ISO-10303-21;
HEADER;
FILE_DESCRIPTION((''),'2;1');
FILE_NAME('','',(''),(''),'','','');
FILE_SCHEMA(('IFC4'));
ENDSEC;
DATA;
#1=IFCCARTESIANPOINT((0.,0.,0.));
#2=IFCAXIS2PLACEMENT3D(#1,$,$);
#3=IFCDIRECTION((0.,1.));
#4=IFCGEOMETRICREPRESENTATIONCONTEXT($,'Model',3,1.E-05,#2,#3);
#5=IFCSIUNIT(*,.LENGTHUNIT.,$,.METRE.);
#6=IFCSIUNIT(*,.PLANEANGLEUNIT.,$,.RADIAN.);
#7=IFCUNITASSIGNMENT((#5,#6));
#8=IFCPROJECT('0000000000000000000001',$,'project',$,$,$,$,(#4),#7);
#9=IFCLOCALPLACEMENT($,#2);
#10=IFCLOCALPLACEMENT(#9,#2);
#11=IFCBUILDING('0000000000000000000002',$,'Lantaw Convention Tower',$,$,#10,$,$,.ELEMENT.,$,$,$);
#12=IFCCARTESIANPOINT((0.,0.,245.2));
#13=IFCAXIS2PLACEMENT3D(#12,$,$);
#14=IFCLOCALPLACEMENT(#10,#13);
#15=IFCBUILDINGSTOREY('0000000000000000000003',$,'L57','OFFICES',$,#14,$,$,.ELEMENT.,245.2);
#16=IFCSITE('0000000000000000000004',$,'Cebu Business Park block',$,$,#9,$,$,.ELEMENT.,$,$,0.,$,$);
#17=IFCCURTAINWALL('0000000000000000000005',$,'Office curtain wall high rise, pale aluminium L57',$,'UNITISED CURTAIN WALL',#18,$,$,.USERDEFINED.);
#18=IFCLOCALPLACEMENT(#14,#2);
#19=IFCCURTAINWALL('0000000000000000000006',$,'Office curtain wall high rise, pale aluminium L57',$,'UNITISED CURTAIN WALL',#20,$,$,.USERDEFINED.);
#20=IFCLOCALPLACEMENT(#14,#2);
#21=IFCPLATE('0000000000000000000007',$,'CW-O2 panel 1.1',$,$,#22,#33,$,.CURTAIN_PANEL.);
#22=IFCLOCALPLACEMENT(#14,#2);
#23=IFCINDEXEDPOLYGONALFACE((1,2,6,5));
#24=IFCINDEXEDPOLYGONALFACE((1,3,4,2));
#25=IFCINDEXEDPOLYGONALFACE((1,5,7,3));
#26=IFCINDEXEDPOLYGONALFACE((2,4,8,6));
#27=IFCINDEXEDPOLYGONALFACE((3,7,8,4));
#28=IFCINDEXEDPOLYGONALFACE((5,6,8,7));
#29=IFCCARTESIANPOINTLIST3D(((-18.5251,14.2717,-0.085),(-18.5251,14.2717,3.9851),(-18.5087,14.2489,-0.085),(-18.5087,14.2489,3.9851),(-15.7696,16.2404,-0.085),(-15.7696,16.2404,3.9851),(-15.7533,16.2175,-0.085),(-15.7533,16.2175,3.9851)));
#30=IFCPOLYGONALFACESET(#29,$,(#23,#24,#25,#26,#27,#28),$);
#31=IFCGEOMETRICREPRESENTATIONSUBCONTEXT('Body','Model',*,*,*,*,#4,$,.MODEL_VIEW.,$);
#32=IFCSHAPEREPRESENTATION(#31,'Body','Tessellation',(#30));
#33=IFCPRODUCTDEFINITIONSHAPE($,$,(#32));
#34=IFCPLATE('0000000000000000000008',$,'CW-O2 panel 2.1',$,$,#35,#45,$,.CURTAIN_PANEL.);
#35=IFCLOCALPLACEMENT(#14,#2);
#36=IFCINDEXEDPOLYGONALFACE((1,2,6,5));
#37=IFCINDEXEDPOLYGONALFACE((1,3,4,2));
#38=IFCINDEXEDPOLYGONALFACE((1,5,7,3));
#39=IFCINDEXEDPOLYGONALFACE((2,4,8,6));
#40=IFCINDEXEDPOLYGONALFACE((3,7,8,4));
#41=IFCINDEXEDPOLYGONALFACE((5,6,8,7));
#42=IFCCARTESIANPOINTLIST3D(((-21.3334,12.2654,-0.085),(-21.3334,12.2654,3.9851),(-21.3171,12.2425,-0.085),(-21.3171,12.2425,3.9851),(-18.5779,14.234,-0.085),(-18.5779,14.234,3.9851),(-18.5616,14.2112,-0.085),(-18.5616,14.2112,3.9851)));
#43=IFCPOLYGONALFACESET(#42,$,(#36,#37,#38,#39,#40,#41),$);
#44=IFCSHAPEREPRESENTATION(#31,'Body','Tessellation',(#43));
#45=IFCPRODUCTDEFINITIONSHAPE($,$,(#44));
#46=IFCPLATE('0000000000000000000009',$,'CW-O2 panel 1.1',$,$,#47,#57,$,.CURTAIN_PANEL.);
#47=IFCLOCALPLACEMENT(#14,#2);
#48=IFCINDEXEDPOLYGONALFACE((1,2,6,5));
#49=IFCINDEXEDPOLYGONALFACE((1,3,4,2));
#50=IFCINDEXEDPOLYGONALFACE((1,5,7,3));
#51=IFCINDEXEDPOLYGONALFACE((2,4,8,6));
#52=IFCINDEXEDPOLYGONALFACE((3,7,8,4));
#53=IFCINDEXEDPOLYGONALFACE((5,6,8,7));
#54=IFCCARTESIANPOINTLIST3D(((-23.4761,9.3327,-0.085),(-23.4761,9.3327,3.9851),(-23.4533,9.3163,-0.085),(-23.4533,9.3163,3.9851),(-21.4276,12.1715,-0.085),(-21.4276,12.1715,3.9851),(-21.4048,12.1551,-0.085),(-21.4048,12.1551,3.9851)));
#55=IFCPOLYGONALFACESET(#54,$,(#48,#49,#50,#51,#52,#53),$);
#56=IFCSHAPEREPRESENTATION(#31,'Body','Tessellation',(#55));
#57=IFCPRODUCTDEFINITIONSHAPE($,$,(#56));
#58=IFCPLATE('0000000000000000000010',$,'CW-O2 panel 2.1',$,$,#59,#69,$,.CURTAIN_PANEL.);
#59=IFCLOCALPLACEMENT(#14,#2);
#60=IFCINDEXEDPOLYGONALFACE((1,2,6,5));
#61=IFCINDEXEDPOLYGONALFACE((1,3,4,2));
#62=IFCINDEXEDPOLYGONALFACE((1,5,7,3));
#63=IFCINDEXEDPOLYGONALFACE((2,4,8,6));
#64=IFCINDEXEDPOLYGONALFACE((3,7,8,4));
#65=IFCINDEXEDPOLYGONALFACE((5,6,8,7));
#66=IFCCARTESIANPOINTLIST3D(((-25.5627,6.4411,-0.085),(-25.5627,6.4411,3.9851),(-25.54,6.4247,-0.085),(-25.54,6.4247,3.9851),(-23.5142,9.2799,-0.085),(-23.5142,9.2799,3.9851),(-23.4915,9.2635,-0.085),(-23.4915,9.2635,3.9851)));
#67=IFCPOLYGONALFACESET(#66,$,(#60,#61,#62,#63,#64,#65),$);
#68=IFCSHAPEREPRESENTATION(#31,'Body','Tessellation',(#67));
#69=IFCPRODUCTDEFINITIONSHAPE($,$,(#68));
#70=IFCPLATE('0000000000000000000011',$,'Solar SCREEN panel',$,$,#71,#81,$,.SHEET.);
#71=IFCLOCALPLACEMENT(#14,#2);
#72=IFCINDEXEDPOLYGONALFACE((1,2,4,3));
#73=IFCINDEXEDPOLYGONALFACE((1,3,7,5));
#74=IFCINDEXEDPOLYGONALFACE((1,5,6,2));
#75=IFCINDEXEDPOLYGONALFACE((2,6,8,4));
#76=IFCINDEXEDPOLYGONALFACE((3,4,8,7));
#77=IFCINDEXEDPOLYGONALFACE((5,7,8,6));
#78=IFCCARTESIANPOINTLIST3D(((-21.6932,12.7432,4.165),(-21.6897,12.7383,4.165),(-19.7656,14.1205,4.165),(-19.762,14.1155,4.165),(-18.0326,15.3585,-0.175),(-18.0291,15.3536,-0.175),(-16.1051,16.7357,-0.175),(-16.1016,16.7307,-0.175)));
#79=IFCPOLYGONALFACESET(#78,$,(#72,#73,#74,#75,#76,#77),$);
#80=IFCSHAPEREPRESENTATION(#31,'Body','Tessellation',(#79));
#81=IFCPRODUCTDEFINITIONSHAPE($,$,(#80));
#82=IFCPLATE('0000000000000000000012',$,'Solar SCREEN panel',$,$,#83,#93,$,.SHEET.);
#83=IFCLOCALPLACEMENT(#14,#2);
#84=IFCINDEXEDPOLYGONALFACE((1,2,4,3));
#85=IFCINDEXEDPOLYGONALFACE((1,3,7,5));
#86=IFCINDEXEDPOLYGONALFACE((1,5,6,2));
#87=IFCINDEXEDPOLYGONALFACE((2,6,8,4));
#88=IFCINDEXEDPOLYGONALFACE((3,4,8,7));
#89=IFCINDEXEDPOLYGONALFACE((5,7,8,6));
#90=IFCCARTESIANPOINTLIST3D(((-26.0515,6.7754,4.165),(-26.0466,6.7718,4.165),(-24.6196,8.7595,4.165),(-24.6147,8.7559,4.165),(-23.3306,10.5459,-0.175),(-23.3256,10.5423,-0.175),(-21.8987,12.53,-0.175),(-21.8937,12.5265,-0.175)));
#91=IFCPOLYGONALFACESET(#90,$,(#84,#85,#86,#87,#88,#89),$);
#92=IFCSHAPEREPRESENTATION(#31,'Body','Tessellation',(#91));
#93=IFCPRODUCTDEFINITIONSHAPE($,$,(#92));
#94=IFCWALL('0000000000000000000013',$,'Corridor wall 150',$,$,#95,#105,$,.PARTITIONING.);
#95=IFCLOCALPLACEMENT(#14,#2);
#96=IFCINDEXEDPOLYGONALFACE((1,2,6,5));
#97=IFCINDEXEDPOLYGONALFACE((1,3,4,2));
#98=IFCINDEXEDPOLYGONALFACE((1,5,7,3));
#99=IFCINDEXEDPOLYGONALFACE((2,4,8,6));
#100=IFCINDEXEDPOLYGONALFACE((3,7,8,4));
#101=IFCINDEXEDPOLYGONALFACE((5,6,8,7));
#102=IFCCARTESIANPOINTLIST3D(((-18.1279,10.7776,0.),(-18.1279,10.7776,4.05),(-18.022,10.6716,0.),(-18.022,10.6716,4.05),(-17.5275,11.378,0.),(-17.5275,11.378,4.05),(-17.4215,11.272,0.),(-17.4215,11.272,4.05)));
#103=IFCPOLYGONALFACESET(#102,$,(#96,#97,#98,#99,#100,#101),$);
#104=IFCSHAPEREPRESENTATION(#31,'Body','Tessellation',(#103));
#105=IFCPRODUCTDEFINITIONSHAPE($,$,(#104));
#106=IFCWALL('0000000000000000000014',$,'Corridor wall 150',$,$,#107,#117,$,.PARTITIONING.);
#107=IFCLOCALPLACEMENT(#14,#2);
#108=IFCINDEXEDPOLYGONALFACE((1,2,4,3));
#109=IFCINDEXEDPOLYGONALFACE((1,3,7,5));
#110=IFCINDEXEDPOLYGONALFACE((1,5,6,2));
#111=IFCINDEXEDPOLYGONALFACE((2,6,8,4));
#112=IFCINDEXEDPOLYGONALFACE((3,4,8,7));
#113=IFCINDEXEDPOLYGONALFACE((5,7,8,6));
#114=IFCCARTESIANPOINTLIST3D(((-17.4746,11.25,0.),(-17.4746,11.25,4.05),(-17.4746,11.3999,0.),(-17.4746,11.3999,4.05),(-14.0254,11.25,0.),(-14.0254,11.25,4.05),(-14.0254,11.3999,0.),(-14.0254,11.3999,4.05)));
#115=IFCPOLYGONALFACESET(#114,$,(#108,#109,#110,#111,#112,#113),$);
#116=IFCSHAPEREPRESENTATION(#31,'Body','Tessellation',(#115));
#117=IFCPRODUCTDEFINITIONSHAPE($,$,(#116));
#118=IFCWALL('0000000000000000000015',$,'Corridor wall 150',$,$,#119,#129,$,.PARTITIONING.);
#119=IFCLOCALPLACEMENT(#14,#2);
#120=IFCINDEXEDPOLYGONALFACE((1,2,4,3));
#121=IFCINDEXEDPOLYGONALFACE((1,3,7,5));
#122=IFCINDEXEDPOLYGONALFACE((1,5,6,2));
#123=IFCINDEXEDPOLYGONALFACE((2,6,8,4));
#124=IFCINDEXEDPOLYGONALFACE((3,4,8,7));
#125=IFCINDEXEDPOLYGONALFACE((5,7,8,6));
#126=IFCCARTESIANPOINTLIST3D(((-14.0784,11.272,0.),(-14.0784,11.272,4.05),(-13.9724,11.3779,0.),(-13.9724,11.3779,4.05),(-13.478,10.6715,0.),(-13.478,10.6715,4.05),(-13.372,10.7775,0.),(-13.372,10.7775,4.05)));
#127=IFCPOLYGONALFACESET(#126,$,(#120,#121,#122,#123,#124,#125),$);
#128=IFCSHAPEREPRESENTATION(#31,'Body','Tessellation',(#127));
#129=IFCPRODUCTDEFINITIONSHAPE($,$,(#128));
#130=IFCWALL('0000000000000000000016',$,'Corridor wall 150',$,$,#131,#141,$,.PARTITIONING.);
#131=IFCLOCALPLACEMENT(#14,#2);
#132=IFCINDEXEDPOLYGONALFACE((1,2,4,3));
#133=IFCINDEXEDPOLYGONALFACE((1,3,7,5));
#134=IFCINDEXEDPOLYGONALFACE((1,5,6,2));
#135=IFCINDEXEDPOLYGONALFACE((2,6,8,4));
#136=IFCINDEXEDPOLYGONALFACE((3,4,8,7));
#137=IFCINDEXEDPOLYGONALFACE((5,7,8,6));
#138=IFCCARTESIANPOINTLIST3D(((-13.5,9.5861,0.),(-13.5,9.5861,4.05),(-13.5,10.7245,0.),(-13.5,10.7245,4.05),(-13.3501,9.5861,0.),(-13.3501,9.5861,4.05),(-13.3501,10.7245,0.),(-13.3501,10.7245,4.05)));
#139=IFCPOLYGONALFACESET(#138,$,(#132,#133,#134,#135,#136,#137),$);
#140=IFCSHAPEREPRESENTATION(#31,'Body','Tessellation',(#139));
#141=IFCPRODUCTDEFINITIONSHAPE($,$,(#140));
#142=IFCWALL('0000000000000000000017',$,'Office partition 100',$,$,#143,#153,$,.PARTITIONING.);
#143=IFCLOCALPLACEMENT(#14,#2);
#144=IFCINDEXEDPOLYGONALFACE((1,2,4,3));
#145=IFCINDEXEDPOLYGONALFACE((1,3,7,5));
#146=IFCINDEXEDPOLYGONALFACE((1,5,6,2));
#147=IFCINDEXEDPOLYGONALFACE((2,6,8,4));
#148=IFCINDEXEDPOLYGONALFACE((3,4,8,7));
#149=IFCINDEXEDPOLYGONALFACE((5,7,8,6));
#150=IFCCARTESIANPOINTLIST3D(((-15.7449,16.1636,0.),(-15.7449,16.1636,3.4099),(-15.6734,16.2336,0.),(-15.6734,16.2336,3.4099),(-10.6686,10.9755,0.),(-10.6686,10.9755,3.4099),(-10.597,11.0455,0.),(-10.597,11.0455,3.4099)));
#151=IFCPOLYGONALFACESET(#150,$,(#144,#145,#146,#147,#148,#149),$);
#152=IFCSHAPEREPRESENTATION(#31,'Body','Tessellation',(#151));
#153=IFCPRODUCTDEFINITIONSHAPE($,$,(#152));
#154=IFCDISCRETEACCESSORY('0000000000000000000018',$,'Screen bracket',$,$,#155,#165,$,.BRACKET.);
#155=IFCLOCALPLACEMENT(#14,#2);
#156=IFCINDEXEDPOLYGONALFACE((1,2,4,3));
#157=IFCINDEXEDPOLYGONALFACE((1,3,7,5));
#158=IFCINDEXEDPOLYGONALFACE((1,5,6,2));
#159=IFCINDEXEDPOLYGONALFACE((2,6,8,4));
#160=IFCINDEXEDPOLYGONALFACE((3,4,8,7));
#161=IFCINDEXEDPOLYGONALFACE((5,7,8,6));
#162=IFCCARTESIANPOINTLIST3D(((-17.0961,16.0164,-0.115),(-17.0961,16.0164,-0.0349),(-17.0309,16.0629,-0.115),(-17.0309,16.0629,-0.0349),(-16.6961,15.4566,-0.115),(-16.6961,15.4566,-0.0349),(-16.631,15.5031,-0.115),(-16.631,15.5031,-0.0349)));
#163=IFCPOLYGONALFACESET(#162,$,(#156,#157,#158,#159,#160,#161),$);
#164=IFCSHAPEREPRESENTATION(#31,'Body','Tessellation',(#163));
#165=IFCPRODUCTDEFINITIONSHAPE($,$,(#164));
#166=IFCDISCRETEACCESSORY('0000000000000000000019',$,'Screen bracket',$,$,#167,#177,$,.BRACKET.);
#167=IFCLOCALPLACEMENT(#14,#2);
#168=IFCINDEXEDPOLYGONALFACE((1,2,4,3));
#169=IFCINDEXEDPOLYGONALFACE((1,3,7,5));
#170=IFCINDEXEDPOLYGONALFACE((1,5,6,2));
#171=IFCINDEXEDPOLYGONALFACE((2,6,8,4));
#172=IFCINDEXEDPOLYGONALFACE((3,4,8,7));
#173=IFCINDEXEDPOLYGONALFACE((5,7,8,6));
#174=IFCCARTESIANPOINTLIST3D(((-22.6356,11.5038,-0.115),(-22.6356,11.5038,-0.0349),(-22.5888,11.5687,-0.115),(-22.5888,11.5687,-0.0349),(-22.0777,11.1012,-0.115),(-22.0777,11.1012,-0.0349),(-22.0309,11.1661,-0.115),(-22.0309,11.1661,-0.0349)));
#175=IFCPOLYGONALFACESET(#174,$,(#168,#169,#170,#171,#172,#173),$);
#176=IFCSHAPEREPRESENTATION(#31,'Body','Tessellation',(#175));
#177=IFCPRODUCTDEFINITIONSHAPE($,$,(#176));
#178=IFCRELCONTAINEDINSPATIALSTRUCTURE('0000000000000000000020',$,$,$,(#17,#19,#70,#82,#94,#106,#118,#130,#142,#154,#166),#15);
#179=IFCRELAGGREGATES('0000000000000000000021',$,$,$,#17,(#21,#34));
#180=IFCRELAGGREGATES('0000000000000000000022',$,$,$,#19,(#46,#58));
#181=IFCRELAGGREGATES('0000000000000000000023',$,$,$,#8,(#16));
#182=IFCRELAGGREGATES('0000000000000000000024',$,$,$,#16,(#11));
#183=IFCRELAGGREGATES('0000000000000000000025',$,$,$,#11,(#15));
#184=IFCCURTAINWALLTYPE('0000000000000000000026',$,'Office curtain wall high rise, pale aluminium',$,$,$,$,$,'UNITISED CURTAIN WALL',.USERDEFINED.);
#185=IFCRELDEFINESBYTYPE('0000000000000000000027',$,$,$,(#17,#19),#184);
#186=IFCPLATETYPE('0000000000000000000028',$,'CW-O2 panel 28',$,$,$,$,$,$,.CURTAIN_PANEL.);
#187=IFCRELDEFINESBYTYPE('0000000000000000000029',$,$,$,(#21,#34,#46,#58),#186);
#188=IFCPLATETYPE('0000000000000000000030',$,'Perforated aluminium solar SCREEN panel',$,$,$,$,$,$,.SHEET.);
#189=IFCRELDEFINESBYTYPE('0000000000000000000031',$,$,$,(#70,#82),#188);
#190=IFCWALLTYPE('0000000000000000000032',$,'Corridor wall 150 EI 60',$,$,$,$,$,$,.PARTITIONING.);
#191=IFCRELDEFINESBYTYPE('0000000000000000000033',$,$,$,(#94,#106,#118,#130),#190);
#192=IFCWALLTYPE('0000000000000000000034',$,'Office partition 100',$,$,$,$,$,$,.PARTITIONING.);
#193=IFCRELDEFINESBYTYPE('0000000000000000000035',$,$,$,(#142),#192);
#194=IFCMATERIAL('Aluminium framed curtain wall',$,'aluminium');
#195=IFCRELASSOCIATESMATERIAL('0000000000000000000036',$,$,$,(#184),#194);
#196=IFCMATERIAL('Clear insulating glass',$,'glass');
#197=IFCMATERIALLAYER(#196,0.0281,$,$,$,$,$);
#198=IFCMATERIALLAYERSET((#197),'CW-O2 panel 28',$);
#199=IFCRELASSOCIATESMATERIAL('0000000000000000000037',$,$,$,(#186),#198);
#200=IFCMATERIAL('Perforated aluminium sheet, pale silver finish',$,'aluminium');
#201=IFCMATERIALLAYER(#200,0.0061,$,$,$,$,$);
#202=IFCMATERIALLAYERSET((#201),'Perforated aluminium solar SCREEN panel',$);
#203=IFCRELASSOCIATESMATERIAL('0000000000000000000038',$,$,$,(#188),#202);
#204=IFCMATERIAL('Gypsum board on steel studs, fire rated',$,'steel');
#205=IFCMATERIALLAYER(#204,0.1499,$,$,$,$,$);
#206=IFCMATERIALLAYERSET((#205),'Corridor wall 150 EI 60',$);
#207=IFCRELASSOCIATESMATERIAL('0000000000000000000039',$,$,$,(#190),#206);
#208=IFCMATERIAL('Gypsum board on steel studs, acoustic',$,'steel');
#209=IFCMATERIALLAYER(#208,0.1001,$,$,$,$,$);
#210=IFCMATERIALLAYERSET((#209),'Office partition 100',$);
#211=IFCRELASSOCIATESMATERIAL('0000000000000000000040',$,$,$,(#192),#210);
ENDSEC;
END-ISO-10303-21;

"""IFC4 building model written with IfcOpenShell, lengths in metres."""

from ifc_helpers import new_model, si_unit, direction, frame, frame_2d, origin, origin_2d, place, context, subcontext, project, spatial, polyline, rectangle, outline, extrude, material, layer, layer_set, type_object, element, aggregate, save


model = new_model("IFC4")

# Units and contexts
model_context = context("Model", 3, precision=1e-05, world=origin(), true_north=direction((0.0, 1.0)))
body_context = subcontext(model_context, "Body", "Model", "MODEL_VIEW")
ifc_project = project(units=[si_unit("LENGTHUNIT", "METRE"), si_unit("PLANEANGLEUNIT", "RADIAN")], contexts=[model_context])

# Site, building, storey
site_placement = place(None, origin())
site = spatial("IfcSite", under=ifc_project, at=site_placement, Name="Cebu Business Park block", CompositionType="ELEMENT", RefElevation=0.0)
building_placement = place(site_placement, origin())
building = spatial("IfcBuilding", under=site, at=building_placement, Name="Lantaw Convention Tower", CompositionType="ELEMENT")
storey_placement = place(building_placement, frame((0.0, 0.0, 245.2)))
storey = spatial("IfcBuildingStorey", under=building, at=storey_placement, Name="L57", Description="OFFICES", CompositionType="ELEMENT", Elevation=245.2)

# Shared definitions
ifc_material_1 = material(Name="Aluminium framed curtain wall", Category="aluminium")
curtain_wall_type = type_object("IfcCurtainWallType", Name="Office curtain wall high rise, pale aluminium", ElementType="UNITISED CURTAIN WALL", PredefinedType="USERDEFINED", material=ifc_material_1)

# Curtain walls
curtain_wall_1_placement = place(storey_placement, origin())
curtain_wall_1 = element("IfcCurtainWall", 1, at=curtain_wall_1_placement, inside=storey, type_object=curtain_wall_type, Name="Office curtain wall high rise, pale aluminium L57", ObjectType="UNITISED CURTAIN WALL", PredefinedType="USERDEFINED")
curtain_wall_2_placement = place(storey_placement, origin())
curtain_wall_2 = element("IfcCurtainWall", 2, at=curtain_wall_2_placement, inside=storey, type_object=curtain_wall_type, Name="Office curtain wall high rise, pale aluminium L57", ObjectType="UNITISED CURTAIN WALL", PredefinedType="USERDEFINED")

# Plates
ifc_material_2 = material(Name="Clear insulating glass", Category="glass")
ifc_layer_1 = layer(ifc_material_2, 0.0281)
ifc_layer_set_1 = layer_set([ifc_layer_1], Name="CW-O2 panel 28")
plate_type_1 = type_object("IfcPlateType", Name="CW-O2 panel 28", PredefinedType="CURTAIN_PANEL", material=ifc_layer_set_1)
plate_1_placement = place(storey_placement, frame((-17.1392, 15.2446, -0.085), z_axis=(0.0, 0.0, 1.0), x_axis=(-0.813673, -0.581323, 0.0)))
plate_1 = element("IfcPlate", 3, at=plate_1_placement, type_object=plate_type_1, Name="CW-O2 panel 1.1", PredefinedType="CURTAIN_PANEL", context=body_context, shape_type="SweptSolid", body=[
    extrude(rectangle(XDim=3.3865, YDim=0.0281, at=origin_2d()), origin(), (0.0, 0.0, 1.0), 4.0701),
])
plate_2_placement = place(storey_placement, frame((-19.9475, 13.2383, -0.085), z_axis=(0.0, 0.0, 1.0), x_axis=(-0.813673, -0.581323, 0.0)))
plate_2 = element("IfcPlate", 4, at=plate_2_placement, type_object=plate_type_1, Name="CW-O2 panel 2.1", PredefinedType="CURTAIN_PANEL", context=body_context, shape_type="SweptSolid", body=[
    extrude(rectangle(XDim=3.3865, YDim=0.0281, at=origin_2d()), origin(), (0.0, 0.0, 1.0), 4.0701),
])
aggregate(curtain_wall_1, [plate_1, plate_2])
plate_3_placement = place(storey_placement, frame((-22.4404, 10.7439, -0.085), z_axis=(0.0, 0.0, 1.0), x_axis=(-0.585158, -0.81092, 0.0)))
plate_3 = element("IfcPlate", 5, at=plate_3_placement, type_object=plate_type_1, Name="CW-O2 panel 1.1", PredefinedType="CURTAIN_PANEL", context=body_context, shape_type="SweptSolid", body=[
    extrude(rectangle(XDim=3.5007, YDim=0.0281, at=origin_2d()), origin(), (0.0, 0.0, 1.0), 4.0701),
])
plate_4_placement = place(storey_placement, frame((-24.5271, 7.8523, -0.085), z_axis=(0.0, 0.0, 1.0), x_axis=(-0.585158, -0.81092, 0.0)))
plate_4 = element("IfcPlate", 6, at=plate_4_placement, type_object=plate_type_1, Name="CW-O2 panel 2.1", PredefinedType="CURTAIN_PANEL", context=body_context, shape_type="SweptSolid", body=[
    extrude(rectangle(XDim=3.5007, YDim=0.0281, at=origin_2d()), origin(), (0.0, 0.0, 1.0), 4.0701),
])
aggregate(curtain_wall_2, [plate_3, plate_4])

# Plates
ifc_material_3 = material(Name="Perforated aluminium sheet, pale silver finish", Category="aluminium")
ifc_layer_2 = layer(ifc_material_3, 0.0061)
ifc_layer_set_2 = layer_set([ifc_layer_2], Name="Perforated aluminium solar SCREEN panel")
plate_type_2 = type_object("IfcPlateType", Name="Perforated aluminium solar SCREEN panel", PredefinedType="SHEET", material=ifc_layer_set_2)
plate_5_placement = place(storey_placement, frame((-16.1016, 16.7307, -0.175), z_axis=(0.581331, -0.813667, 0.00001), x_axis=(-0.813667, -0.581331, 0.0)))
element("IfcPlate", 7, at=plate_5_placement, inside=storey, type_object=plate_type_2, Name="Solar SCREEN panel", PredefinedType="SHEET", context=body_context, shape_type="SweptSolid", body=[
    extrude(outline(polyline([(0.0, 0.0), (2.3689, 0.0), (6.8678, -4.3401), (4.4987, -4.3401), (0.0, 0.0)])), origin(), (0.0, 0.0, -1.0), 0.0061),
])
plate_6_placement = place(storey_placement, frame((-21.8987, 12.53, -0.175), z_axis=(-0.810892, 0.585195, 0.00002), x_axis=(-0.585195, -0.810892, 0.0)))
element("IfcPlate", 8, at=plate_6_placement, inside=storey, type_object=plate_type_2, Name="Solar SCREEN panel", PredefinedType="SHEET", context=body_context, shape_type="SweptSolid", body=[
    extrude(outline(polyline([(0.0, 0.0), (2.4468, 0.0), (7.0966, 4.3401), (4.6498, 4.3401), (0.0, 0.0)])), origin(), (0.0, 0.0, -1.0), 0.0061),
])

# Walls
ifc_material_4 = material(Name="Gypsum board on steel studs, fire rated", Category="steel")
ifc_layer_3 = layer(ifc_material_4, 0.1499)
ifc_layer_set_3 = layer_set([ifc_layer_3], Name="Corridor wall 150 EI 60")
wall_type_1 = type_object("IfcWallType", Name="Corridor wall 150 EI 60", PredefinedType="PARTITIONING", material=ifc_layer_set_3)
wall_1_placement = place(storey_placement, frame((-18.075, 10.7246, 0.0), z_axis=(0.0, 0.0, 1.0), x_axis=(0.707107, 0.707107, 0.0)))
element("IfcWall", 9, at=wall_1_placement, inside=storey, type_object=wall_type_1, Name="Corridor wall 150", PredefinedType="PARTITIONING", context=body_context, shape_type="SweptSolid", body=[
    extrude(rectangle(XDim=0.8491, YDim=0.1499, at=frame_2d((0.4246, 0.0))), origin(), (0.0, 0.0, 1.0), 4.05),
])
wall_2_placement = place(storey_placement, frame((-17.4746, 11.325, 0.0), z_axis=(0.0, 0.0, 1.0), x_axis=(1.0, 0.0, 0.0)))
element("IfcWall", 10, at=wall_2_placement, inside=storey, type_object=wall_type_1, Name="Corridor wall 150", PredefinedType="PARTITIONING", context=body_context, shape_type="SweptSolid", body=[
    extrude(rectangle(XDim=3.4492, YDim=0.1499, at=frame_2d((1.7246, 0.0))), origin(), (0.0, 0.0, 1.0), 4.05),
])
wall_3_placement = place(storey_placement, frame((-14.0254, 11.325, 0.0), z_axis=(0.0, 0.0, 1.0), x_axis=(0.707107, -0.707107, 0.0)))
element("IfcWall", 11, at=wall_3_placement, inside=storey, type_object=wall_type_1, Name="Corridor wall 150", PredefinedType="PARTITIONING", context=body_context, shape_type="SweptSolid", body=[
    extrude(rectangle(XDim=0.8491, YDim=0.1499, at=frame_2d((0.4246, 0.0))), origin(), (0.0, 0.0, 1.0), 4.05),
])
wall_4_placement = place(storey_placement, frame((-13.425, 10.7246, 0.0), z_axis=(0.0, 0.0, 1.0), x_axis=(0.0, -1.0, 0.0)))
element("IfcWall", 12, at=wall_4_placement, inside=storey, type_object=wall_type_1, Name="Corridor wall 150", PredefinedType="PARTITIONING", context=body_context, shape_type="SweptSolid", body=[
    extrude(rectangle(XDim=1.1384, YDim=0.1499, at=frame_2d((0.5693, 0.0))), origin(), (0.0, 0.0, 1.0), 4.05),
])
ifc_material_5 = material(Name="Gypsum board on steel studs, acoustic", Category="steel")
ifc_layer_4 = layer(ifc_material_5, 0.1001)
ifc_layer_set_4 = layer_set([ifc_layer_4], Name="Office partition 100")
wall_type_2 = type_object("IfcWallType", Name="Office partition 100", PredefinedType="PARTITIONING", material=ifc_layer_set_4)
wall_5_placement = place(storey_placement, frame((-15.7092, 16.1987, 0.0), z_axis=(0.0, 0.0, 1.0), x_axis=(0.699363, -0.714767, 0.0)))
element("IfcWall", 13, at=wall_5_placement, inside=storey, type_object=wall_type_2, Name="Office partition 100", PredefinedType="PARTITIONING", context=body_context, shape_type="SweptSolid", body=[
    extrude(rectangle(XDim=7.2585, YDim=0.1001, at=frame_2d((3.6294, 0.0))), origin(), (0.0, 0.0, 1.0), 3.4099),
])

# Discrete accessories
for number, where, z_axis, x_axis, name in (
    (14, (-16.8635, 15.7598, -0.115), (0.0, 0.0, 1.0), (-0.813673, -0.581323, 0.0), "Screen bracket"),
    (15, (-22.3333, 11.335, -0.115), (0.0, 0.0, 1.0), (-0.585158, -0.81092, 0.0), "Screen bracket"),
):
    element("IfcDiscreteAccessory", number, at=place(storey_placement, frame(where, z_axis=z_axis, x_axis=x_axis)), inside=storey, Name=name, PredefinedType="BRACKET", context=body_context, shape_type="SweptSolid", body=[
        extrude(rectangle(XDim=0.0801, YDim=0.688, at=origin_2d()), origin(), (0.0, 0.0, 1.0), 0.0801),
    ])

save(model, "model.ifc")
